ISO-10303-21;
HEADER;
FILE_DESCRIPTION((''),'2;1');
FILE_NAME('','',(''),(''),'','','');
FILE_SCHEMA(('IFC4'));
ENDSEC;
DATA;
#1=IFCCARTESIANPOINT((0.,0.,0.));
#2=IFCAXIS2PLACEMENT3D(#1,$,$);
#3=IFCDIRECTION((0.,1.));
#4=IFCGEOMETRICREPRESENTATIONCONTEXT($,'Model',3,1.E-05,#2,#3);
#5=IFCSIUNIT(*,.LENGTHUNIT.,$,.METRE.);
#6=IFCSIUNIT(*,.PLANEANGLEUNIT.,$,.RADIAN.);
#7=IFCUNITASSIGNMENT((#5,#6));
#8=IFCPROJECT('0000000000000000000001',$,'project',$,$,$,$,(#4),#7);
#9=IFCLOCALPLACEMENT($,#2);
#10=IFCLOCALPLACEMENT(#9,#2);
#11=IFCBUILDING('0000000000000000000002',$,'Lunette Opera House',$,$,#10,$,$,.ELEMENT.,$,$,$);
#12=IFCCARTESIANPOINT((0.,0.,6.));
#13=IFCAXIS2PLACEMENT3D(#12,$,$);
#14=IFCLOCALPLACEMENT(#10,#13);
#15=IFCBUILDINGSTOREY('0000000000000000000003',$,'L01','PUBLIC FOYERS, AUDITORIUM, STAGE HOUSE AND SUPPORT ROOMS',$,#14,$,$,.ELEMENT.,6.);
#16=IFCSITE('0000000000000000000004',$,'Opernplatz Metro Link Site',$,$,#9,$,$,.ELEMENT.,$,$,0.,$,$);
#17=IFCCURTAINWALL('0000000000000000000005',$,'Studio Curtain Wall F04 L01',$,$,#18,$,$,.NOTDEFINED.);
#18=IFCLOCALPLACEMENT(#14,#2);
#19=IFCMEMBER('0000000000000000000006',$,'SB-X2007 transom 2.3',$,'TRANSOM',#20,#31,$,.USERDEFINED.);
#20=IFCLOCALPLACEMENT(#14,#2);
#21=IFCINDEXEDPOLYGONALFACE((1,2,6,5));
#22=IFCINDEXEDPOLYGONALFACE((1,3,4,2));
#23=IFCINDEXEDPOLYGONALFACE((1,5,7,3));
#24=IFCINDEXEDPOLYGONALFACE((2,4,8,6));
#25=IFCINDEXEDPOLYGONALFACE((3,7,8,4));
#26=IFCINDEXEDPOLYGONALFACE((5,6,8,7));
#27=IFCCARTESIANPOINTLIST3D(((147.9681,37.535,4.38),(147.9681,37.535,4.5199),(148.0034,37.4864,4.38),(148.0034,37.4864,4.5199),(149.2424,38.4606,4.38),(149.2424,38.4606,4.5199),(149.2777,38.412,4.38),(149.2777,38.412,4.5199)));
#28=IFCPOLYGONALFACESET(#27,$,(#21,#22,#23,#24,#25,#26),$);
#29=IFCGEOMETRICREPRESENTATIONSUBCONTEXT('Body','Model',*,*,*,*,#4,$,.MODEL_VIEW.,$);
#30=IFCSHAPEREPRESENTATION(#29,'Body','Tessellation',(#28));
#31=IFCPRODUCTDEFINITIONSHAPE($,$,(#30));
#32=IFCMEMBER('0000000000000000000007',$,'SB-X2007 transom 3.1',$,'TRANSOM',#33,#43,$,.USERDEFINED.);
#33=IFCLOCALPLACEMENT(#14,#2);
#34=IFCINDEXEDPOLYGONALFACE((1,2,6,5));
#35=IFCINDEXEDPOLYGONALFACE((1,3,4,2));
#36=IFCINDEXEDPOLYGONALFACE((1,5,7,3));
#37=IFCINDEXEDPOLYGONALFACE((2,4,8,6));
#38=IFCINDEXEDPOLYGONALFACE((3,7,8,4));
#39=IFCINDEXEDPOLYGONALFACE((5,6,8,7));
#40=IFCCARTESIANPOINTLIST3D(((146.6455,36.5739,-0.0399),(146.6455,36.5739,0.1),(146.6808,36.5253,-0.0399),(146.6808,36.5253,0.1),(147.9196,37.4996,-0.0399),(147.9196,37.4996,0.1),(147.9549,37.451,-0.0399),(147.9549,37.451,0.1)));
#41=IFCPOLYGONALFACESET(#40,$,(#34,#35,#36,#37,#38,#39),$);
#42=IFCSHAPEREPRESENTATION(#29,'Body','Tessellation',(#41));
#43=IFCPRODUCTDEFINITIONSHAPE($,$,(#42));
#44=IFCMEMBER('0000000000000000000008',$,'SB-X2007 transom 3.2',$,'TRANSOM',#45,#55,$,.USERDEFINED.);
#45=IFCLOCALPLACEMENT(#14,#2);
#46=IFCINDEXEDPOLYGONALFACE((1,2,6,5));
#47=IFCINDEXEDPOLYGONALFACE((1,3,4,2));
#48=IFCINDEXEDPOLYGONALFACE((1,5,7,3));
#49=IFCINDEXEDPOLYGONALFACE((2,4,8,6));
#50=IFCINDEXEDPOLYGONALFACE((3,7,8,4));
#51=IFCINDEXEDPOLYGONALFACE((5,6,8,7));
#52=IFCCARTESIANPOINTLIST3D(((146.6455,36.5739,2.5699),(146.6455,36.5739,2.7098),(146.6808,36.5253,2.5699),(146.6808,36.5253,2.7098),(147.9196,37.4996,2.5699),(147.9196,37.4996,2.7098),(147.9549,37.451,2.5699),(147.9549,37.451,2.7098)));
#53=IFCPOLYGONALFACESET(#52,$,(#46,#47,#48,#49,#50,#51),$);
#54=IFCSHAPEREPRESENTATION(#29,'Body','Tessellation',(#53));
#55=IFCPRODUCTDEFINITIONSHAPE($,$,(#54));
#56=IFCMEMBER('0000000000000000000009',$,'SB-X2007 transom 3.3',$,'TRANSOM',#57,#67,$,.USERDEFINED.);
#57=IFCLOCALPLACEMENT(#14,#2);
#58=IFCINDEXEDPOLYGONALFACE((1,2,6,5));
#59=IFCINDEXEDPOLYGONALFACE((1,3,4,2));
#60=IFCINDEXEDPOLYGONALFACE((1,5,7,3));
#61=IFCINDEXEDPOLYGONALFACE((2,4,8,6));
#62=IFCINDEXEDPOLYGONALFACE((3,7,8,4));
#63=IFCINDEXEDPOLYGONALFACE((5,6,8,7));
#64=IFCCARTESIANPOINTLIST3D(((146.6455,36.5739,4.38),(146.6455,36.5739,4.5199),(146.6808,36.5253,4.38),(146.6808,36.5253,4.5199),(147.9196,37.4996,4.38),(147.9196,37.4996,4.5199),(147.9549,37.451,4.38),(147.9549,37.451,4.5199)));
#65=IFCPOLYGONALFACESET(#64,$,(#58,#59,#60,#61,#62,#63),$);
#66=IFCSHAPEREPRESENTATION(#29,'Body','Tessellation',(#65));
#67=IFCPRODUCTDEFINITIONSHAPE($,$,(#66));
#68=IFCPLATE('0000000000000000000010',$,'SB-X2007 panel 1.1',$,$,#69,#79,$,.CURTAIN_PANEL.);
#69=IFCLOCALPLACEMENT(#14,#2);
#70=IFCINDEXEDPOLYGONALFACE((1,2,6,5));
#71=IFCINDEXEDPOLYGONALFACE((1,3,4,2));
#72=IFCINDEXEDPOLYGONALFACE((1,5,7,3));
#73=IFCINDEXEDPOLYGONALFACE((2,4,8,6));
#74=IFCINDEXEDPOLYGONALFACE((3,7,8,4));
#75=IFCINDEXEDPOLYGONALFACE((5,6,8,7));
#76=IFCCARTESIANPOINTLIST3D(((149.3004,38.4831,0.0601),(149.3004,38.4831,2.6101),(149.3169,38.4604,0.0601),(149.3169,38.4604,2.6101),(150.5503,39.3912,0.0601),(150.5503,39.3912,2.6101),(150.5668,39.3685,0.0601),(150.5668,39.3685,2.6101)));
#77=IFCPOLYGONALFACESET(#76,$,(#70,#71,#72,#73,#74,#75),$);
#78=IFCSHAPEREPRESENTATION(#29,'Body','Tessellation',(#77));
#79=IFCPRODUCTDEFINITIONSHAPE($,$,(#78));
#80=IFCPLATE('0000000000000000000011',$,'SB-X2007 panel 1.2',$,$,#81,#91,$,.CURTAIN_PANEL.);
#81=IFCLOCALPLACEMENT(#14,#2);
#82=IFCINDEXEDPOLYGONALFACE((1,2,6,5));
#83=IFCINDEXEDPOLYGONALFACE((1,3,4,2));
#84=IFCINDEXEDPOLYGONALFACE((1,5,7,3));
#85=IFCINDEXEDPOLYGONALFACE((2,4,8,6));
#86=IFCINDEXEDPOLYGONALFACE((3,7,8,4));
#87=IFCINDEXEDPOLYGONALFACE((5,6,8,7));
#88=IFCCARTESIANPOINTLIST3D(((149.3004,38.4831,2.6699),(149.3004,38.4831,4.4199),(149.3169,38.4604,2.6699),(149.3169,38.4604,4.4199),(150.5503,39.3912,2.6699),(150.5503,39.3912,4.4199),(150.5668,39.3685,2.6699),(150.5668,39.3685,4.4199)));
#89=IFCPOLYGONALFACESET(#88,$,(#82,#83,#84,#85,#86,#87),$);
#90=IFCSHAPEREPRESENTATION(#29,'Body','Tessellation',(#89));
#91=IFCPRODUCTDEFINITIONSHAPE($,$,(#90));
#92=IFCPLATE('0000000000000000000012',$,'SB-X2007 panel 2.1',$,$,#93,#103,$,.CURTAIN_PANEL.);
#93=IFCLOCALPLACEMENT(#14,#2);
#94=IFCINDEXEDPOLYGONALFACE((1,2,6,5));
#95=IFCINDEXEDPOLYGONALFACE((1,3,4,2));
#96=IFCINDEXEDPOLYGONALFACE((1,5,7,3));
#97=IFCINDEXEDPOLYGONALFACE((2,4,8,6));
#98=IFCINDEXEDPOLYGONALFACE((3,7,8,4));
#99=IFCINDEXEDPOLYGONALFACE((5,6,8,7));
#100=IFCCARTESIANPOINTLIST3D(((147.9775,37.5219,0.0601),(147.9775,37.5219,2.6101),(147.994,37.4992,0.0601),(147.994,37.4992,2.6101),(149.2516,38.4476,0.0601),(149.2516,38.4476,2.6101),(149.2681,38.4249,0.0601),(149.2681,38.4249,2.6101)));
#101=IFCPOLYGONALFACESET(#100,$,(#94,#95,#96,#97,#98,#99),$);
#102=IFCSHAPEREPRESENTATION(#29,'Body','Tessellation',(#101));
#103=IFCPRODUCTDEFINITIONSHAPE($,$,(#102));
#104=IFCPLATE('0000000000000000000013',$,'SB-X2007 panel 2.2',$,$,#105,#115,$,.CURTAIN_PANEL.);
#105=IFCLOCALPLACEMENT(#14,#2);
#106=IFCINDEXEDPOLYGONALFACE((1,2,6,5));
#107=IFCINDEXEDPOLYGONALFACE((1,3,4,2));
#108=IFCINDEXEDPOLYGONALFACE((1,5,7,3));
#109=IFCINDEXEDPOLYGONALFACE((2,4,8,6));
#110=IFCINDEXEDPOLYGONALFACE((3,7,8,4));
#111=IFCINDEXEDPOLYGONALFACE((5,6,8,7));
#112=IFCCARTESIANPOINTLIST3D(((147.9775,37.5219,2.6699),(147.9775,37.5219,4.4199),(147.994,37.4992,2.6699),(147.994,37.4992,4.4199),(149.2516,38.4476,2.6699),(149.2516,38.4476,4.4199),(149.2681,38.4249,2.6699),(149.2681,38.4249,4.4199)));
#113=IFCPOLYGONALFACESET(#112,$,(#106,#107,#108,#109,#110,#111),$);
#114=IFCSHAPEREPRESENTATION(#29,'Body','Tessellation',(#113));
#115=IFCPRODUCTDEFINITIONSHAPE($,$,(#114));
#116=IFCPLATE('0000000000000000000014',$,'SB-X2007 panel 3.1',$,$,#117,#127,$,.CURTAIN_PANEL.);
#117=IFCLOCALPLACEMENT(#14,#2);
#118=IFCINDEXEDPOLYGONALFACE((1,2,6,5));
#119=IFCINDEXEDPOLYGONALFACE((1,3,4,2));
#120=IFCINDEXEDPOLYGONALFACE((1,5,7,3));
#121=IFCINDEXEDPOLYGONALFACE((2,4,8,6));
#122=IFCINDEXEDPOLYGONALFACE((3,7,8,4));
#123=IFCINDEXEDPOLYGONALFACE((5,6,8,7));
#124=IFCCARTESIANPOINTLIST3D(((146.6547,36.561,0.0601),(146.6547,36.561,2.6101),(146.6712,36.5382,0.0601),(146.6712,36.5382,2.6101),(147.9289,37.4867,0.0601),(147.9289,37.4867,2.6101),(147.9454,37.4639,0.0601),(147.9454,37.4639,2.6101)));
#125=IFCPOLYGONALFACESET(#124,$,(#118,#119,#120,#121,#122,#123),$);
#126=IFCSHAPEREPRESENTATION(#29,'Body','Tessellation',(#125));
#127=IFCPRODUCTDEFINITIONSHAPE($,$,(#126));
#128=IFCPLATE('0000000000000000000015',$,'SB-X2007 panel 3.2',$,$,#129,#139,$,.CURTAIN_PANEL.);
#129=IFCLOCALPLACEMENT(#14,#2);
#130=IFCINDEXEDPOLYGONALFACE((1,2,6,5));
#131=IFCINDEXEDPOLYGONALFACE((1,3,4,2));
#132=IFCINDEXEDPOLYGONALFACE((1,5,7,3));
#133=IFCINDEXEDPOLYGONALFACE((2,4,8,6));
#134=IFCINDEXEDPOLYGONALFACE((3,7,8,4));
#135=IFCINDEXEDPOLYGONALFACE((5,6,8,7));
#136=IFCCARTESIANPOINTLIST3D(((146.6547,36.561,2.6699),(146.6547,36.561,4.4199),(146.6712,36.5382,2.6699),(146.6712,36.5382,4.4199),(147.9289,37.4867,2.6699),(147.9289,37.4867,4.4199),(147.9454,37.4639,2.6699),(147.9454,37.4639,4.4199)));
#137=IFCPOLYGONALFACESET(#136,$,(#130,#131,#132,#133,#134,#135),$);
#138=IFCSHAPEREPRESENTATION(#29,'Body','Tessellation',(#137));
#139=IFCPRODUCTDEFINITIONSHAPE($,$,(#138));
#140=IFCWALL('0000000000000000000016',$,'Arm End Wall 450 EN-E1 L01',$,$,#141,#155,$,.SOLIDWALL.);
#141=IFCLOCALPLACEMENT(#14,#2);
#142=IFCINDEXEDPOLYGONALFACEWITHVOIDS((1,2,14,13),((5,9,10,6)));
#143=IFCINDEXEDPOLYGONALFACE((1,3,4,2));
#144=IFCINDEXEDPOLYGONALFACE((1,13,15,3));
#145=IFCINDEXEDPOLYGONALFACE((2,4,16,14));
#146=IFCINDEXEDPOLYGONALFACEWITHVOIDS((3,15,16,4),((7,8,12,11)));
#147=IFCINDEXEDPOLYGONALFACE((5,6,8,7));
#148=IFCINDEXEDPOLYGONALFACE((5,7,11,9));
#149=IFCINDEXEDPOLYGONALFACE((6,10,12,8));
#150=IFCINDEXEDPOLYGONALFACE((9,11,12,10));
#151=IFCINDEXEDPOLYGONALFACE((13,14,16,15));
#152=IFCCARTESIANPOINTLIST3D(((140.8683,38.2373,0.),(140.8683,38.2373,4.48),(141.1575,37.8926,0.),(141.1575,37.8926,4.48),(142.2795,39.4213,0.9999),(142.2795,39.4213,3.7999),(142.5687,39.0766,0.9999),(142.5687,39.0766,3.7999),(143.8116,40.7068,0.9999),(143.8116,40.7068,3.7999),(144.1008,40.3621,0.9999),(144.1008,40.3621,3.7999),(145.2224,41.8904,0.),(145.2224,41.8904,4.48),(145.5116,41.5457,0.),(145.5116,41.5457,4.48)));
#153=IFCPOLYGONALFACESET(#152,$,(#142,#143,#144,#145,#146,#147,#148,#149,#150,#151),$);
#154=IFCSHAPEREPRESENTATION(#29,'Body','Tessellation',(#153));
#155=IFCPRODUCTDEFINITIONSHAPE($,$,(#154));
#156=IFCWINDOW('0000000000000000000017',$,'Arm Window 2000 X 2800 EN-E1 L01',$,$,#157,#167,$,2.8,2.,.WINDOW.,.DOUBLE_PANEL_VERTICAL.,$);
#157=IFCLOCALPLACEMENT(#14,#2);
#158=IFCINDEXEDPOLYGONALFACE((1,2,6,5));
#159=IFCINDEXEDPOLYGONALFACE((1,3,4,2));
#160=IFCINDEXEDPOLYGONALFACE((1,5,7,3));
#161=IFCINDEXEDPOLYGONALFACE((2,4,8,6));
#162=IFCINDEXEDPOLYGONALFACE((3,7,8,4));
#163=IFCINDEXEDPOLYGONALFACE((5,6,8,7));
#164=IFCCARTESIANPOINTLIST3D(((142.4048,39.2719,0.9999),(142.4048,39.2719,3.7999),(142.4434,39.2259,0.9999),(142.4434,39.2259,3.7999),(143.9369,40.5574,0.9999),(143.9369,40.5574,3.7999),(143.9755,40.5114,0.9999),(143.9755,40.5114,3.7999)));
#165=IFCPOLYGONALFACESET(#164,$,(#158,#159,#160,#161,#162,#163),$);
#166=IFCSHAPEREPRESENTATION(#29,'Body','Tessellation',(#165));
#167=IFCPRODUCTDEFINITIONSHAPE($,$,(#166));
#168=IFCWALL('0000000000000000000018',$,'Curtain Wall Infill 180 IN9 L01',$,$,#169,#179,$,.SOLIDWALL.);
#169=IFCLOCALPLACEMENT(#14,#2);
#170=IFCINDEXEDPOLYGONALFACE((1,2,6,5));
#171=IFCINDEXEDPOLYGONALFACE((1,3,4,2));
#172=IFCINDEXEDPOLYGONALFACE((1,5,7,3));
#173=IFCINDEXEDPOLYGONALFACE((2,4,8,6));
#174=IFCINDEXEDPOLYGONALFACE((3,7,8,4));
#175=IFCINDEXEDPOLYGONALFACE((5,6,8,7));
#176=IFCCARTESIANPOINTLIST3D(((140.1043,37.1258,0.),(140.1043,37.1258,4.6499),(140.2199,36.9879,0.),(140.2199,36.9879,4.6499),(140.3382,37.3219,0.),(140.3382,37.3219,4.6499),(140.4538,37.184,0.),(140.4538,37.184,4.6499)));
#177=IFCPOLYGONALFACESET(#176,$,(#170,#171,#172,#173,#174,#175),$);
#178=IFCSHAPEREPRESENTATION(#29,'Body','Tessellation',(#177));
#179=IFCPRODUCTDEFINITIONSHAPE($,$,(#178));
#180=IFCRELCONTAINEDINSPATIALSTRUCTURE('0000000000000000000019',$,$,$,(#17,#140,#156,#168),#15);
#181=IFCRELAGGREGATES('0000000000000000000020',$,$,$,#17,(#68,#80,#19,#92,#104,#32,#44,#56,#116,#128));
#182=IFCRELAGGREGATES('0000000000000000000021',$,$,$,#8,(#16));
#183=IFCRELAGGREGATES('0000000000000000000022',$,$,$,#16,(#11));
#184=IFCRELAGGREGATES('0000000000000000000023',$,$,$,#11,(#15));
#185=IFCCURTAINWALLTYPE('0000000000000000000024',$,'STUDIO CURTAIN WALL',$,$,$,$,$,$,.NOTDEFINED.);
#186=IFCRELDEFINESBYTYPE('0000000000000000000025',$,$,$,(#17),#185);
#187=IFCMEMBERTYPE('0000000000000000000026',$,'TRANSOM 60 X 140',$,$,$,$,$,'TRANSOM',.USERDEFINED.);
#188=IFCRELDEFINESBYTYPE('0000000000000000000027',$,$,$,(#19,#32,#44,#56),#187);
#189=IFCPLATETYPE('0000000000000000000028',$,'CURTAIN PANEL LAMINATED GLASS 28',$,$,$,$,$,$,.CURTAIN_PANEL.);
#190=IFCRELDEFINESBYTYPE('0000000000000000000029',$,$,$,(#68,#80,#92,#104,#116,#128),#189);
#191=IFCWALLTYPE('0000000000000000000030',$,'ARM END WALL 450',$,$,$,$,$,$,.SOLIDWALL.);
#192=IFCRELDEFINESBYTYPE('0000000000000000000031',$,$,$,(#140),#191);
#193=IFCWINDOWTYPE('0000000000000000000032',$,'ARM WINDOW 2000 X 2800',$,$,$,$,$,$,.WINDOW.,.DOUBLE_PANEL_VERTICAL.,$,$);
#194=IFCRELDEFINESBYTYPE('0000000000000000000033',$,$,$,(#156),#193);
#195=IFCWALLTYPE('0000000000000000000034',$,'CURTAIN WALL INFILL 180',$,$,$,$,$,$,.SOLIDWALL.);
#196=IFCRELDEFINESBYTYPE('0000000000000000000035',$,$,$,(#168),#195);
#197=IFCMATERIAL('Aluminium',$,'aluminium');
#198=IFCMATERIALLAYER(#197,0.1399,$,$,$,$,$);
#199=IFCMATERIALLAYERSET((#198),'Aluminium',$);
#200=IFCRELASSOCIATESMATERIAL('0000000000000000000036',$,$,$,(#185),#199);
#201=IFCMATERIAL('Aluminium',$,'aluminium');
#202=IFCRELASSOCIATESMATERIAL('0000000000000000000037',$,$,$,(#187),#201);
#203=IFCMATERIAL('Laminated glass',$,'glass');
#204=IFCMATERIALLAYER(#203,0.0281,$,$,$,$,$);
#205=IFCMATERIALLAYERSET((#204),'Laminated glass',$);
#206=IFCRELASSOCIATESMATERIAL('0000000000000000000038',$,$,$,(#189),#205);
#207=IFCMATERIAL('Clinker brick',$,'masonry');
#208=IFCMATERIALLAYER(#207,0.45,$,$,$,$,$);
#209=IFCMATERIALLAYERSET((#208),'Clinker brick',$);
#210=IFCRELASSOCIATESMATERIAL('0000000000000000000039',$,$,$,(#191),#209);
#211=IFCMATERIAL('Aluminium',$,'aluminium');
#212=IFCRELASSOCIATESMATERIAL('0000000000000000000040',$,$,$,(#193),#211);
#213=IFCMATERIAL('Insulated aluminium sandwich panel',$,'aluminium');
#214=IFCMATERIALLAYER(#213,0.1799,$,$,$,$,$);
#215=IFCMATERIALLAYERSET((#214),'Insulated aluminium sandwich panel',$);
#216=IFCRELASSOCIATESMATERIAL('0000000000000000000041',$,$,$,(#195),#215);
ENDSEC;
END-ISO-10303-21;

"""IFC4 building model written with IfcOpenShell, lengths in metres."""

from ifc_helpers import new_model, si_unit, direction, frame, frame_2d, origin, origin_2d, place, context, subcontext, project, spatial, rectangle, extrude, material, layer, layer_set, material_profile, profile_set, type_object, element, fill, aggregate, save


model = new_model("IFC4")

# Units and contexts
model_context = context("Model", 3, precision=1e-05, world=origin(), true_north=direction((0.0, 1.0)))
body_context = subcontext(model_context, "Body", "Model", "MODEL_VIEW")
ifc_project = project(units=[si_unit("LENGTHUNIT", "METRE"), si_unit("PLANEANGLEUNIT", "RADIAN")], contexts=[model_context])

# Site, building, storey
site_placement = place(None, origin())
site = spatial("IfcSite", under=ifc_project, at=site_placement, Name="Opernplatz Metro Link Site", CompositionType="ELEMENT", RefElevation=0.0)
building_placement = place(site_placement, origin())
building = spatial("IfcBuilding", under=site, at=building_placement, Name="Lunette Opera House", CompositionType="ELEMENT")
storey_placement = place(building_placement, frame((0.0, 0.0, 6.0)))
storey = spatial("IfcBuildingStorey", under=building, at=storey_placement, Name="L01", Description="PUBLIC FOYERS, AUDITORIUM, STAGE HOUSE AND SUPPORT ROOMS", CompositionType="ELEMENT", Elevation=6.0)

# Curtain wall
ifc_material_1 = material(Name="Aluminium", Category="aluminium")
ifc_layer_1 = layer(ifc_material_1, 0.1399)
ifc_layer_set_1 = layer_set([ifc_layer_1], Name="Aluminium")
curtain_wall_type_1 = type_object("IfcCurtainWallType", Name="STUDIO CURTAIN WALL", PredefinedType="NOTDEFINED", material=ifc_layer_set_1)
curtain_wall_1_placement = place(storey_placement, origin())
curtain_wall_1 = element("IfcCurtainWall", 1, at=curtain_wall_1_placement, inside=storey, type_object=curtain_wall_type_1, Name="Studio Curtain Wall F04 L01", PredefinedType="NOTDEFINED")

# Members
ifc_material_2 = material(Name="Aluminium", Category="aluminium")
ifc_material_profile_1 = material_profile(ifc_material_2, rectangle(XDim=0.0601, YDim=0.1399, at=origin_2d()), Name="TRANSOM 60 X 140")
ifc_profile_set_1 = profile_set([ifc_material_profile_1], Name="Aluminium")
member_type_1 = type_object("IfcMemberType", Name="TRANSOM 60 X 140", ElementType="TRANSOM", PredefinedType="USERDEFINED", material=ifc_profile_set_1)
member_1_placement = place(storey_placement, frame((149.26, 38.4363, 4.45), z_axis=(-0.809078, -0.587701, 0.0), x_axis=(0.587701, -0.809078, 0.0)))
member_1 = element("IfcMember", 2, at=member_1_placement, type_object=member_type_1, Name="SB-X2007 transom 2.3", ObjectType="TRANSOM", PredefinedType="USERDEFINED", context=body_context, shape_type="SweptSolid", body=[
    extrude(rectangle(XDim=0.0601, YDim=0.1399, at=origin_2d()), origin(), (0.0, 0.0, 1.0), 1.575),
])
member_2_placement = place(storey_placement, frame((147.9373, 37.4753, 0.03), z_axis=(-0.809004, -0.587803, 0.0), x_axis=(0.587803, -0.809004, 0.0)))
member_2 = element("IfcMember", 3, at=member_2_placement, type_object=member_type_1, Name="SB-X2007 transom 3.1", ObjectType="TRANSOM", PredefinedType="USERDEFINED", context=body_context, shape_type="SweptSolid", body=[
    extrude(rectangle(XDim=0.0601, YDim=0.1399, at=origin_2d()), origin(), (0.0, 0.0, 1.0), 1.575),
])
member_3_placement = place(storey_placement, frame((147.9373, 37.4753, 2.6399), z_axis=(-0.809004, -0.587803, 0.0), x_axis=(0.587803, -0.809004, 0.0)))
member_3 = element("IfcMember", 4, at=member_3_placement, type_object=member_type_1, Name="SB-X2007 transom 3.2", ObjectType="TRANSOM", PredefinedType="USERDEFINED", context=body_context, shape_type="SweptSolid", body=[
    extrude(rectangle(XDim=0.0601, YDim=0.1399, at=origin_2d()), origin(), (0.0, 0.0, 1.0), 1.575),
])
member_4_placement = place(storey_placement, frame((147.9373, 37.4753, 4.45), z_axis=(-0.809004, -0.587803, 0.0), x_axis=(0.587803, -0.809004, 0.0)))
member_4 = element("IfcMember", 5, at=member_4_placement, type_object=member_type_1, Name="SB-X2007 transom 3.3", ObjectType="TRANSOM", PredefinedType="USERDEFINED", context=body_context, shape_type="SweptSolid", body=[
    extrude(rectangle(XDim=0.0601, YDim=0.1399, at=origin_2d()), origin(), (0.0, 0.0, 1.0), 1.575),
])

# Plates
ifc_material_3 = material(Name="Laminated glass", Category="glass")
ifc_layer_2 = layer(ifc_material_3, 0.0281)
ifc_layer_set_2 = layer_set([ifc_layer_2], Name="Laminated glass")
plate_type = type_object("IfcPlateType", Name="CURTAIN PANEL LAMINATED GLASS 28", PredefinedType="CURTAIN_PANEL", material=ifc_layer_set_2)
plate_1_placement = place(storey_placement, frame((149.9336, 38.9258, 0.0601), z_axis=(0.0, 0.0, 1.0), x_axis=(-0.809027, -0.587772, 0.0)))
plate_1 = element("IfcPlate", 6, at=plate_1_placement, type_object=plate_type, Name="SB-X2007 panel 1.1", PredefinedType="CURTAIN_PANEL", context=body_context, shape_type="SweptSolid", body=[
    extrude(rectangle(XDim=1.5449, YDim=0.0281, at=origin_2d()), origin(), (0.0, 0.0, 1.0), 2.55),
])
plate_2_placement = place(storey_placement, frame((149.9336, 38.9258, 2.6699), z_axis=(0.0, 0.0, 1.0), x_axis=(-0.809027, -0.587772, 0.0)))
plate_2 = element("IfcPlate", 7, at=plate_2_placement, type_object=plate_type, Name="SB-X2007 panel 1.2", PredefinedType="CURTAIN_PANEL", context=body_context, shape_type="SweptSolid", body=[
    extrude(rectangle(XDim=1.5449, YDim=0.0281, at=origin_2d()), origin(), (0.0, 0.0, 1.0), 1.75),
])
plate_3_placement = place(storey_placement, frame((148.6228, 37.9734, 0.0601), z_axis=(0.0, 0.0, 1.0), x_axis=(-0.809027, -0.587772, 0.0)))
plate_3 = element("IfcPlate", 8, at=plate_3_placement, type_object=plate_type, Name="SB-X2007 panel 2.1", PredefinedType="CURTAIN_PANEL", context=body_context, shape_type="SweptSolid", body=[
    extrude(rectangle(XDim=1.575, YDim=0.0281, at=origin_2d()), origin(), (0.0, 0.0, 1.0), 2.55),
])
plate_4_placement = place(storey_placement, frame((148.6228, 37.9734, 2.6699), z_axis=(0.0, 0.0, 1.0), x_axis=(-0.809027, -0.587772, 0.0)))
plate_4 = element("IfcPlate", 9, at=plate_4_placement, type_object=plate_type, Name="SB-X2007 panel 2.2", PredefinedType="CURTAIN_PANEL", context=body_context, shape_type="SweptSolid", body=[
    extrude(rectangle(XDim=1.575, YDim=0.0281, at=origin_2d()), origin(), (0.0, 0.0, 1.0), 1.75),
])
plate_5_placement = place(storey_placement, frame((147.3, 37.0125, 0.0601), z_axis=(0.0, 0.0, 1.0), x_axis=(-0.809027, -0.587772, 0.0)))
plate_5 = element("IfcPlate", 10, at=plate_5_placement, type_object=plate_type, Name="SB-X2007 panel 3.1", PredefinedType="CURTAIN_PANEL", context=body_context, shape_type="SweptSolid", body=[
    extrude(rectangle(XDim=1.575, YDim=0.0281, at=origin_2d()), origin(), (0.0, 0.0, 1.0), 2.55),
])
plate_6_placement = place(storey_placement, frame((147.3, 37.0125, 2.6699), z_axis=(0.0, 0.0, 1.0), x_axis=(-0.809027, -0.587772, 0.0)))
plate_6 = element("IfcPlate", 11, at=plate_6_placement, type_object=plate_type, Name="SB-X2007 panel 3.2", PredefinedType="CURTAIN_PANEL", context=body_context, shape_type="SweptSolid", body=[
    extrude(rectangle(XDim=1.575, YDim=0.0281, at=origin_2d()), origin(), (0.0, 0.0, 1.0), 1.75),
])
aggregate(curtain_wall_1, [plate_1, plate_2, member_1, plate_3, plate_4, member_2, member_3, member_4, plate_5, plate_6])

# Wall, opening, window
ifc_material_4 = material(Name="Clinker brick", Category="masonry")
ifc_layer_3 = layer(ifc_material_4, 0.45)
ifc_layer_set_3 = layer_set([ifc_layer_3], Name="Clinker brick")
wall_type_1 = type_object("IfcWallType", Name="ARM END WALL 450", PredefinedType="SOLIDWALL", material=ifc_layer_set_3)
wall_1_placement = place(storey_placement, frame((141.0129, 38.0649, 0.0), z_axis=(0.0, 0.0, 1.0), x_axis=(0.766076, 0.64275, 0.0)))
wall_1 = element("IfcWall", 12, at=wall_1_placement, inside=storey, type_object=wall_type_1, Name="Arm End Wall 450 EN-E1 L01", PredefinedType="SOLIDWALL", context=body_context, shape_type="SweptSolid", body=[
    extrude(rectangle(XDim=5.6836, YDim=0.45, at=frame_2d((2.8418, 0.0))), origin(), (0.0, 0.0, 1.0), 4.48),
])
opening_placement = place(wall_1_placement, frame((1.842, 0.0, 1.0)))
opening = element("IfcOpeningElement", 13, at=opening_placement, cuts=wall_1, PredefinedType="OPENING", context=body_context, shape_type="SweptSolid", body=[
    extrude(rectangle(XDim=2.0, YDim=2.8, at=frame_2d((1.0, 1.3999))), frame((0.0, 0.2371, 0.0), z_axis=(0.0, -1.0, 0.0), x_axis=(1.0, 0.0, 0.0)), (0.0, 0.0, 1.0), 0.4739),
])
ifc_material_5 = material(Name="Aluminium", Category="aluminium")
window_type = type_object("IfcWindowType", Name="ARM WINDOW 2000 X 2800", PartitioningType="DOUBLE_PANEL_VERTICAL", PredefinedType="WINDOW", material=ifc_material_5)
window_placement = place(opening_placement, origin())
window = element("IfcWindow", 14, at=window_placement, inside=storey, type_object=window_type, Name="Arm Window 2000 X 2800 EN-E1 L01", OverallHeight=2.8, OverallWidth=2.0, PartitioningType="DOUBLE_PANEL_VERTICAL", PredefinedType="WINDOW", context=body_context, shape_type="SweptSolid", body=[
    extrude(rectangle(XDim=2.0, YDim=2.8, at=frame_2d((1.0, 1.3999))), frame((0.0, 0.03, 0.0), z_axis=(0.0, -1.0, 0.0), x_axis=(1.0, 0.0, 0.0)), (0.0, 0.0, 1.0), 0.0601),
])
fill(opening, window)

# Wall
ifc_material_6 = material(Name="Insulated aluminium sandwich panel", Category="aluminium")
ifc_layer_4 = layer(ifc_material_6, 0.1799)
ifc_layer_set_4 = layer_set([ifc_layer_4], Name="Insulated aluminium sandwich panel")
wall_type_2 = type_object("IfcWallType", Name="CURTAIN WALL INFILL 180", PredefinedType="SOLIDWALL", material=ifc_layer_set_4)
wall_2_placement = place(storey_placement, frame((140.1621, 37.0569, 0.0), z_axis=(0.0, 0.0, 1.0), x_axis=(0.766382, 0.642385, 0.0)))
element("IfcWall", 15, at=wall_2_placement, inside=storey, type_object=wall_type_2, Name="Curtain Wall Infill 180 IN9 L01", PredefinedType="SOLIDWALL", context=body_context, shape_type="SweptSolid", body=[
    extrude(rectangle(XDim=0.3052, YDim=0.1799, at=frame_2d((0.1526, 0.0))), origin(), (0.0, 0.0, 1.0), 4.6499),
])

save(model, "model.ifc")
